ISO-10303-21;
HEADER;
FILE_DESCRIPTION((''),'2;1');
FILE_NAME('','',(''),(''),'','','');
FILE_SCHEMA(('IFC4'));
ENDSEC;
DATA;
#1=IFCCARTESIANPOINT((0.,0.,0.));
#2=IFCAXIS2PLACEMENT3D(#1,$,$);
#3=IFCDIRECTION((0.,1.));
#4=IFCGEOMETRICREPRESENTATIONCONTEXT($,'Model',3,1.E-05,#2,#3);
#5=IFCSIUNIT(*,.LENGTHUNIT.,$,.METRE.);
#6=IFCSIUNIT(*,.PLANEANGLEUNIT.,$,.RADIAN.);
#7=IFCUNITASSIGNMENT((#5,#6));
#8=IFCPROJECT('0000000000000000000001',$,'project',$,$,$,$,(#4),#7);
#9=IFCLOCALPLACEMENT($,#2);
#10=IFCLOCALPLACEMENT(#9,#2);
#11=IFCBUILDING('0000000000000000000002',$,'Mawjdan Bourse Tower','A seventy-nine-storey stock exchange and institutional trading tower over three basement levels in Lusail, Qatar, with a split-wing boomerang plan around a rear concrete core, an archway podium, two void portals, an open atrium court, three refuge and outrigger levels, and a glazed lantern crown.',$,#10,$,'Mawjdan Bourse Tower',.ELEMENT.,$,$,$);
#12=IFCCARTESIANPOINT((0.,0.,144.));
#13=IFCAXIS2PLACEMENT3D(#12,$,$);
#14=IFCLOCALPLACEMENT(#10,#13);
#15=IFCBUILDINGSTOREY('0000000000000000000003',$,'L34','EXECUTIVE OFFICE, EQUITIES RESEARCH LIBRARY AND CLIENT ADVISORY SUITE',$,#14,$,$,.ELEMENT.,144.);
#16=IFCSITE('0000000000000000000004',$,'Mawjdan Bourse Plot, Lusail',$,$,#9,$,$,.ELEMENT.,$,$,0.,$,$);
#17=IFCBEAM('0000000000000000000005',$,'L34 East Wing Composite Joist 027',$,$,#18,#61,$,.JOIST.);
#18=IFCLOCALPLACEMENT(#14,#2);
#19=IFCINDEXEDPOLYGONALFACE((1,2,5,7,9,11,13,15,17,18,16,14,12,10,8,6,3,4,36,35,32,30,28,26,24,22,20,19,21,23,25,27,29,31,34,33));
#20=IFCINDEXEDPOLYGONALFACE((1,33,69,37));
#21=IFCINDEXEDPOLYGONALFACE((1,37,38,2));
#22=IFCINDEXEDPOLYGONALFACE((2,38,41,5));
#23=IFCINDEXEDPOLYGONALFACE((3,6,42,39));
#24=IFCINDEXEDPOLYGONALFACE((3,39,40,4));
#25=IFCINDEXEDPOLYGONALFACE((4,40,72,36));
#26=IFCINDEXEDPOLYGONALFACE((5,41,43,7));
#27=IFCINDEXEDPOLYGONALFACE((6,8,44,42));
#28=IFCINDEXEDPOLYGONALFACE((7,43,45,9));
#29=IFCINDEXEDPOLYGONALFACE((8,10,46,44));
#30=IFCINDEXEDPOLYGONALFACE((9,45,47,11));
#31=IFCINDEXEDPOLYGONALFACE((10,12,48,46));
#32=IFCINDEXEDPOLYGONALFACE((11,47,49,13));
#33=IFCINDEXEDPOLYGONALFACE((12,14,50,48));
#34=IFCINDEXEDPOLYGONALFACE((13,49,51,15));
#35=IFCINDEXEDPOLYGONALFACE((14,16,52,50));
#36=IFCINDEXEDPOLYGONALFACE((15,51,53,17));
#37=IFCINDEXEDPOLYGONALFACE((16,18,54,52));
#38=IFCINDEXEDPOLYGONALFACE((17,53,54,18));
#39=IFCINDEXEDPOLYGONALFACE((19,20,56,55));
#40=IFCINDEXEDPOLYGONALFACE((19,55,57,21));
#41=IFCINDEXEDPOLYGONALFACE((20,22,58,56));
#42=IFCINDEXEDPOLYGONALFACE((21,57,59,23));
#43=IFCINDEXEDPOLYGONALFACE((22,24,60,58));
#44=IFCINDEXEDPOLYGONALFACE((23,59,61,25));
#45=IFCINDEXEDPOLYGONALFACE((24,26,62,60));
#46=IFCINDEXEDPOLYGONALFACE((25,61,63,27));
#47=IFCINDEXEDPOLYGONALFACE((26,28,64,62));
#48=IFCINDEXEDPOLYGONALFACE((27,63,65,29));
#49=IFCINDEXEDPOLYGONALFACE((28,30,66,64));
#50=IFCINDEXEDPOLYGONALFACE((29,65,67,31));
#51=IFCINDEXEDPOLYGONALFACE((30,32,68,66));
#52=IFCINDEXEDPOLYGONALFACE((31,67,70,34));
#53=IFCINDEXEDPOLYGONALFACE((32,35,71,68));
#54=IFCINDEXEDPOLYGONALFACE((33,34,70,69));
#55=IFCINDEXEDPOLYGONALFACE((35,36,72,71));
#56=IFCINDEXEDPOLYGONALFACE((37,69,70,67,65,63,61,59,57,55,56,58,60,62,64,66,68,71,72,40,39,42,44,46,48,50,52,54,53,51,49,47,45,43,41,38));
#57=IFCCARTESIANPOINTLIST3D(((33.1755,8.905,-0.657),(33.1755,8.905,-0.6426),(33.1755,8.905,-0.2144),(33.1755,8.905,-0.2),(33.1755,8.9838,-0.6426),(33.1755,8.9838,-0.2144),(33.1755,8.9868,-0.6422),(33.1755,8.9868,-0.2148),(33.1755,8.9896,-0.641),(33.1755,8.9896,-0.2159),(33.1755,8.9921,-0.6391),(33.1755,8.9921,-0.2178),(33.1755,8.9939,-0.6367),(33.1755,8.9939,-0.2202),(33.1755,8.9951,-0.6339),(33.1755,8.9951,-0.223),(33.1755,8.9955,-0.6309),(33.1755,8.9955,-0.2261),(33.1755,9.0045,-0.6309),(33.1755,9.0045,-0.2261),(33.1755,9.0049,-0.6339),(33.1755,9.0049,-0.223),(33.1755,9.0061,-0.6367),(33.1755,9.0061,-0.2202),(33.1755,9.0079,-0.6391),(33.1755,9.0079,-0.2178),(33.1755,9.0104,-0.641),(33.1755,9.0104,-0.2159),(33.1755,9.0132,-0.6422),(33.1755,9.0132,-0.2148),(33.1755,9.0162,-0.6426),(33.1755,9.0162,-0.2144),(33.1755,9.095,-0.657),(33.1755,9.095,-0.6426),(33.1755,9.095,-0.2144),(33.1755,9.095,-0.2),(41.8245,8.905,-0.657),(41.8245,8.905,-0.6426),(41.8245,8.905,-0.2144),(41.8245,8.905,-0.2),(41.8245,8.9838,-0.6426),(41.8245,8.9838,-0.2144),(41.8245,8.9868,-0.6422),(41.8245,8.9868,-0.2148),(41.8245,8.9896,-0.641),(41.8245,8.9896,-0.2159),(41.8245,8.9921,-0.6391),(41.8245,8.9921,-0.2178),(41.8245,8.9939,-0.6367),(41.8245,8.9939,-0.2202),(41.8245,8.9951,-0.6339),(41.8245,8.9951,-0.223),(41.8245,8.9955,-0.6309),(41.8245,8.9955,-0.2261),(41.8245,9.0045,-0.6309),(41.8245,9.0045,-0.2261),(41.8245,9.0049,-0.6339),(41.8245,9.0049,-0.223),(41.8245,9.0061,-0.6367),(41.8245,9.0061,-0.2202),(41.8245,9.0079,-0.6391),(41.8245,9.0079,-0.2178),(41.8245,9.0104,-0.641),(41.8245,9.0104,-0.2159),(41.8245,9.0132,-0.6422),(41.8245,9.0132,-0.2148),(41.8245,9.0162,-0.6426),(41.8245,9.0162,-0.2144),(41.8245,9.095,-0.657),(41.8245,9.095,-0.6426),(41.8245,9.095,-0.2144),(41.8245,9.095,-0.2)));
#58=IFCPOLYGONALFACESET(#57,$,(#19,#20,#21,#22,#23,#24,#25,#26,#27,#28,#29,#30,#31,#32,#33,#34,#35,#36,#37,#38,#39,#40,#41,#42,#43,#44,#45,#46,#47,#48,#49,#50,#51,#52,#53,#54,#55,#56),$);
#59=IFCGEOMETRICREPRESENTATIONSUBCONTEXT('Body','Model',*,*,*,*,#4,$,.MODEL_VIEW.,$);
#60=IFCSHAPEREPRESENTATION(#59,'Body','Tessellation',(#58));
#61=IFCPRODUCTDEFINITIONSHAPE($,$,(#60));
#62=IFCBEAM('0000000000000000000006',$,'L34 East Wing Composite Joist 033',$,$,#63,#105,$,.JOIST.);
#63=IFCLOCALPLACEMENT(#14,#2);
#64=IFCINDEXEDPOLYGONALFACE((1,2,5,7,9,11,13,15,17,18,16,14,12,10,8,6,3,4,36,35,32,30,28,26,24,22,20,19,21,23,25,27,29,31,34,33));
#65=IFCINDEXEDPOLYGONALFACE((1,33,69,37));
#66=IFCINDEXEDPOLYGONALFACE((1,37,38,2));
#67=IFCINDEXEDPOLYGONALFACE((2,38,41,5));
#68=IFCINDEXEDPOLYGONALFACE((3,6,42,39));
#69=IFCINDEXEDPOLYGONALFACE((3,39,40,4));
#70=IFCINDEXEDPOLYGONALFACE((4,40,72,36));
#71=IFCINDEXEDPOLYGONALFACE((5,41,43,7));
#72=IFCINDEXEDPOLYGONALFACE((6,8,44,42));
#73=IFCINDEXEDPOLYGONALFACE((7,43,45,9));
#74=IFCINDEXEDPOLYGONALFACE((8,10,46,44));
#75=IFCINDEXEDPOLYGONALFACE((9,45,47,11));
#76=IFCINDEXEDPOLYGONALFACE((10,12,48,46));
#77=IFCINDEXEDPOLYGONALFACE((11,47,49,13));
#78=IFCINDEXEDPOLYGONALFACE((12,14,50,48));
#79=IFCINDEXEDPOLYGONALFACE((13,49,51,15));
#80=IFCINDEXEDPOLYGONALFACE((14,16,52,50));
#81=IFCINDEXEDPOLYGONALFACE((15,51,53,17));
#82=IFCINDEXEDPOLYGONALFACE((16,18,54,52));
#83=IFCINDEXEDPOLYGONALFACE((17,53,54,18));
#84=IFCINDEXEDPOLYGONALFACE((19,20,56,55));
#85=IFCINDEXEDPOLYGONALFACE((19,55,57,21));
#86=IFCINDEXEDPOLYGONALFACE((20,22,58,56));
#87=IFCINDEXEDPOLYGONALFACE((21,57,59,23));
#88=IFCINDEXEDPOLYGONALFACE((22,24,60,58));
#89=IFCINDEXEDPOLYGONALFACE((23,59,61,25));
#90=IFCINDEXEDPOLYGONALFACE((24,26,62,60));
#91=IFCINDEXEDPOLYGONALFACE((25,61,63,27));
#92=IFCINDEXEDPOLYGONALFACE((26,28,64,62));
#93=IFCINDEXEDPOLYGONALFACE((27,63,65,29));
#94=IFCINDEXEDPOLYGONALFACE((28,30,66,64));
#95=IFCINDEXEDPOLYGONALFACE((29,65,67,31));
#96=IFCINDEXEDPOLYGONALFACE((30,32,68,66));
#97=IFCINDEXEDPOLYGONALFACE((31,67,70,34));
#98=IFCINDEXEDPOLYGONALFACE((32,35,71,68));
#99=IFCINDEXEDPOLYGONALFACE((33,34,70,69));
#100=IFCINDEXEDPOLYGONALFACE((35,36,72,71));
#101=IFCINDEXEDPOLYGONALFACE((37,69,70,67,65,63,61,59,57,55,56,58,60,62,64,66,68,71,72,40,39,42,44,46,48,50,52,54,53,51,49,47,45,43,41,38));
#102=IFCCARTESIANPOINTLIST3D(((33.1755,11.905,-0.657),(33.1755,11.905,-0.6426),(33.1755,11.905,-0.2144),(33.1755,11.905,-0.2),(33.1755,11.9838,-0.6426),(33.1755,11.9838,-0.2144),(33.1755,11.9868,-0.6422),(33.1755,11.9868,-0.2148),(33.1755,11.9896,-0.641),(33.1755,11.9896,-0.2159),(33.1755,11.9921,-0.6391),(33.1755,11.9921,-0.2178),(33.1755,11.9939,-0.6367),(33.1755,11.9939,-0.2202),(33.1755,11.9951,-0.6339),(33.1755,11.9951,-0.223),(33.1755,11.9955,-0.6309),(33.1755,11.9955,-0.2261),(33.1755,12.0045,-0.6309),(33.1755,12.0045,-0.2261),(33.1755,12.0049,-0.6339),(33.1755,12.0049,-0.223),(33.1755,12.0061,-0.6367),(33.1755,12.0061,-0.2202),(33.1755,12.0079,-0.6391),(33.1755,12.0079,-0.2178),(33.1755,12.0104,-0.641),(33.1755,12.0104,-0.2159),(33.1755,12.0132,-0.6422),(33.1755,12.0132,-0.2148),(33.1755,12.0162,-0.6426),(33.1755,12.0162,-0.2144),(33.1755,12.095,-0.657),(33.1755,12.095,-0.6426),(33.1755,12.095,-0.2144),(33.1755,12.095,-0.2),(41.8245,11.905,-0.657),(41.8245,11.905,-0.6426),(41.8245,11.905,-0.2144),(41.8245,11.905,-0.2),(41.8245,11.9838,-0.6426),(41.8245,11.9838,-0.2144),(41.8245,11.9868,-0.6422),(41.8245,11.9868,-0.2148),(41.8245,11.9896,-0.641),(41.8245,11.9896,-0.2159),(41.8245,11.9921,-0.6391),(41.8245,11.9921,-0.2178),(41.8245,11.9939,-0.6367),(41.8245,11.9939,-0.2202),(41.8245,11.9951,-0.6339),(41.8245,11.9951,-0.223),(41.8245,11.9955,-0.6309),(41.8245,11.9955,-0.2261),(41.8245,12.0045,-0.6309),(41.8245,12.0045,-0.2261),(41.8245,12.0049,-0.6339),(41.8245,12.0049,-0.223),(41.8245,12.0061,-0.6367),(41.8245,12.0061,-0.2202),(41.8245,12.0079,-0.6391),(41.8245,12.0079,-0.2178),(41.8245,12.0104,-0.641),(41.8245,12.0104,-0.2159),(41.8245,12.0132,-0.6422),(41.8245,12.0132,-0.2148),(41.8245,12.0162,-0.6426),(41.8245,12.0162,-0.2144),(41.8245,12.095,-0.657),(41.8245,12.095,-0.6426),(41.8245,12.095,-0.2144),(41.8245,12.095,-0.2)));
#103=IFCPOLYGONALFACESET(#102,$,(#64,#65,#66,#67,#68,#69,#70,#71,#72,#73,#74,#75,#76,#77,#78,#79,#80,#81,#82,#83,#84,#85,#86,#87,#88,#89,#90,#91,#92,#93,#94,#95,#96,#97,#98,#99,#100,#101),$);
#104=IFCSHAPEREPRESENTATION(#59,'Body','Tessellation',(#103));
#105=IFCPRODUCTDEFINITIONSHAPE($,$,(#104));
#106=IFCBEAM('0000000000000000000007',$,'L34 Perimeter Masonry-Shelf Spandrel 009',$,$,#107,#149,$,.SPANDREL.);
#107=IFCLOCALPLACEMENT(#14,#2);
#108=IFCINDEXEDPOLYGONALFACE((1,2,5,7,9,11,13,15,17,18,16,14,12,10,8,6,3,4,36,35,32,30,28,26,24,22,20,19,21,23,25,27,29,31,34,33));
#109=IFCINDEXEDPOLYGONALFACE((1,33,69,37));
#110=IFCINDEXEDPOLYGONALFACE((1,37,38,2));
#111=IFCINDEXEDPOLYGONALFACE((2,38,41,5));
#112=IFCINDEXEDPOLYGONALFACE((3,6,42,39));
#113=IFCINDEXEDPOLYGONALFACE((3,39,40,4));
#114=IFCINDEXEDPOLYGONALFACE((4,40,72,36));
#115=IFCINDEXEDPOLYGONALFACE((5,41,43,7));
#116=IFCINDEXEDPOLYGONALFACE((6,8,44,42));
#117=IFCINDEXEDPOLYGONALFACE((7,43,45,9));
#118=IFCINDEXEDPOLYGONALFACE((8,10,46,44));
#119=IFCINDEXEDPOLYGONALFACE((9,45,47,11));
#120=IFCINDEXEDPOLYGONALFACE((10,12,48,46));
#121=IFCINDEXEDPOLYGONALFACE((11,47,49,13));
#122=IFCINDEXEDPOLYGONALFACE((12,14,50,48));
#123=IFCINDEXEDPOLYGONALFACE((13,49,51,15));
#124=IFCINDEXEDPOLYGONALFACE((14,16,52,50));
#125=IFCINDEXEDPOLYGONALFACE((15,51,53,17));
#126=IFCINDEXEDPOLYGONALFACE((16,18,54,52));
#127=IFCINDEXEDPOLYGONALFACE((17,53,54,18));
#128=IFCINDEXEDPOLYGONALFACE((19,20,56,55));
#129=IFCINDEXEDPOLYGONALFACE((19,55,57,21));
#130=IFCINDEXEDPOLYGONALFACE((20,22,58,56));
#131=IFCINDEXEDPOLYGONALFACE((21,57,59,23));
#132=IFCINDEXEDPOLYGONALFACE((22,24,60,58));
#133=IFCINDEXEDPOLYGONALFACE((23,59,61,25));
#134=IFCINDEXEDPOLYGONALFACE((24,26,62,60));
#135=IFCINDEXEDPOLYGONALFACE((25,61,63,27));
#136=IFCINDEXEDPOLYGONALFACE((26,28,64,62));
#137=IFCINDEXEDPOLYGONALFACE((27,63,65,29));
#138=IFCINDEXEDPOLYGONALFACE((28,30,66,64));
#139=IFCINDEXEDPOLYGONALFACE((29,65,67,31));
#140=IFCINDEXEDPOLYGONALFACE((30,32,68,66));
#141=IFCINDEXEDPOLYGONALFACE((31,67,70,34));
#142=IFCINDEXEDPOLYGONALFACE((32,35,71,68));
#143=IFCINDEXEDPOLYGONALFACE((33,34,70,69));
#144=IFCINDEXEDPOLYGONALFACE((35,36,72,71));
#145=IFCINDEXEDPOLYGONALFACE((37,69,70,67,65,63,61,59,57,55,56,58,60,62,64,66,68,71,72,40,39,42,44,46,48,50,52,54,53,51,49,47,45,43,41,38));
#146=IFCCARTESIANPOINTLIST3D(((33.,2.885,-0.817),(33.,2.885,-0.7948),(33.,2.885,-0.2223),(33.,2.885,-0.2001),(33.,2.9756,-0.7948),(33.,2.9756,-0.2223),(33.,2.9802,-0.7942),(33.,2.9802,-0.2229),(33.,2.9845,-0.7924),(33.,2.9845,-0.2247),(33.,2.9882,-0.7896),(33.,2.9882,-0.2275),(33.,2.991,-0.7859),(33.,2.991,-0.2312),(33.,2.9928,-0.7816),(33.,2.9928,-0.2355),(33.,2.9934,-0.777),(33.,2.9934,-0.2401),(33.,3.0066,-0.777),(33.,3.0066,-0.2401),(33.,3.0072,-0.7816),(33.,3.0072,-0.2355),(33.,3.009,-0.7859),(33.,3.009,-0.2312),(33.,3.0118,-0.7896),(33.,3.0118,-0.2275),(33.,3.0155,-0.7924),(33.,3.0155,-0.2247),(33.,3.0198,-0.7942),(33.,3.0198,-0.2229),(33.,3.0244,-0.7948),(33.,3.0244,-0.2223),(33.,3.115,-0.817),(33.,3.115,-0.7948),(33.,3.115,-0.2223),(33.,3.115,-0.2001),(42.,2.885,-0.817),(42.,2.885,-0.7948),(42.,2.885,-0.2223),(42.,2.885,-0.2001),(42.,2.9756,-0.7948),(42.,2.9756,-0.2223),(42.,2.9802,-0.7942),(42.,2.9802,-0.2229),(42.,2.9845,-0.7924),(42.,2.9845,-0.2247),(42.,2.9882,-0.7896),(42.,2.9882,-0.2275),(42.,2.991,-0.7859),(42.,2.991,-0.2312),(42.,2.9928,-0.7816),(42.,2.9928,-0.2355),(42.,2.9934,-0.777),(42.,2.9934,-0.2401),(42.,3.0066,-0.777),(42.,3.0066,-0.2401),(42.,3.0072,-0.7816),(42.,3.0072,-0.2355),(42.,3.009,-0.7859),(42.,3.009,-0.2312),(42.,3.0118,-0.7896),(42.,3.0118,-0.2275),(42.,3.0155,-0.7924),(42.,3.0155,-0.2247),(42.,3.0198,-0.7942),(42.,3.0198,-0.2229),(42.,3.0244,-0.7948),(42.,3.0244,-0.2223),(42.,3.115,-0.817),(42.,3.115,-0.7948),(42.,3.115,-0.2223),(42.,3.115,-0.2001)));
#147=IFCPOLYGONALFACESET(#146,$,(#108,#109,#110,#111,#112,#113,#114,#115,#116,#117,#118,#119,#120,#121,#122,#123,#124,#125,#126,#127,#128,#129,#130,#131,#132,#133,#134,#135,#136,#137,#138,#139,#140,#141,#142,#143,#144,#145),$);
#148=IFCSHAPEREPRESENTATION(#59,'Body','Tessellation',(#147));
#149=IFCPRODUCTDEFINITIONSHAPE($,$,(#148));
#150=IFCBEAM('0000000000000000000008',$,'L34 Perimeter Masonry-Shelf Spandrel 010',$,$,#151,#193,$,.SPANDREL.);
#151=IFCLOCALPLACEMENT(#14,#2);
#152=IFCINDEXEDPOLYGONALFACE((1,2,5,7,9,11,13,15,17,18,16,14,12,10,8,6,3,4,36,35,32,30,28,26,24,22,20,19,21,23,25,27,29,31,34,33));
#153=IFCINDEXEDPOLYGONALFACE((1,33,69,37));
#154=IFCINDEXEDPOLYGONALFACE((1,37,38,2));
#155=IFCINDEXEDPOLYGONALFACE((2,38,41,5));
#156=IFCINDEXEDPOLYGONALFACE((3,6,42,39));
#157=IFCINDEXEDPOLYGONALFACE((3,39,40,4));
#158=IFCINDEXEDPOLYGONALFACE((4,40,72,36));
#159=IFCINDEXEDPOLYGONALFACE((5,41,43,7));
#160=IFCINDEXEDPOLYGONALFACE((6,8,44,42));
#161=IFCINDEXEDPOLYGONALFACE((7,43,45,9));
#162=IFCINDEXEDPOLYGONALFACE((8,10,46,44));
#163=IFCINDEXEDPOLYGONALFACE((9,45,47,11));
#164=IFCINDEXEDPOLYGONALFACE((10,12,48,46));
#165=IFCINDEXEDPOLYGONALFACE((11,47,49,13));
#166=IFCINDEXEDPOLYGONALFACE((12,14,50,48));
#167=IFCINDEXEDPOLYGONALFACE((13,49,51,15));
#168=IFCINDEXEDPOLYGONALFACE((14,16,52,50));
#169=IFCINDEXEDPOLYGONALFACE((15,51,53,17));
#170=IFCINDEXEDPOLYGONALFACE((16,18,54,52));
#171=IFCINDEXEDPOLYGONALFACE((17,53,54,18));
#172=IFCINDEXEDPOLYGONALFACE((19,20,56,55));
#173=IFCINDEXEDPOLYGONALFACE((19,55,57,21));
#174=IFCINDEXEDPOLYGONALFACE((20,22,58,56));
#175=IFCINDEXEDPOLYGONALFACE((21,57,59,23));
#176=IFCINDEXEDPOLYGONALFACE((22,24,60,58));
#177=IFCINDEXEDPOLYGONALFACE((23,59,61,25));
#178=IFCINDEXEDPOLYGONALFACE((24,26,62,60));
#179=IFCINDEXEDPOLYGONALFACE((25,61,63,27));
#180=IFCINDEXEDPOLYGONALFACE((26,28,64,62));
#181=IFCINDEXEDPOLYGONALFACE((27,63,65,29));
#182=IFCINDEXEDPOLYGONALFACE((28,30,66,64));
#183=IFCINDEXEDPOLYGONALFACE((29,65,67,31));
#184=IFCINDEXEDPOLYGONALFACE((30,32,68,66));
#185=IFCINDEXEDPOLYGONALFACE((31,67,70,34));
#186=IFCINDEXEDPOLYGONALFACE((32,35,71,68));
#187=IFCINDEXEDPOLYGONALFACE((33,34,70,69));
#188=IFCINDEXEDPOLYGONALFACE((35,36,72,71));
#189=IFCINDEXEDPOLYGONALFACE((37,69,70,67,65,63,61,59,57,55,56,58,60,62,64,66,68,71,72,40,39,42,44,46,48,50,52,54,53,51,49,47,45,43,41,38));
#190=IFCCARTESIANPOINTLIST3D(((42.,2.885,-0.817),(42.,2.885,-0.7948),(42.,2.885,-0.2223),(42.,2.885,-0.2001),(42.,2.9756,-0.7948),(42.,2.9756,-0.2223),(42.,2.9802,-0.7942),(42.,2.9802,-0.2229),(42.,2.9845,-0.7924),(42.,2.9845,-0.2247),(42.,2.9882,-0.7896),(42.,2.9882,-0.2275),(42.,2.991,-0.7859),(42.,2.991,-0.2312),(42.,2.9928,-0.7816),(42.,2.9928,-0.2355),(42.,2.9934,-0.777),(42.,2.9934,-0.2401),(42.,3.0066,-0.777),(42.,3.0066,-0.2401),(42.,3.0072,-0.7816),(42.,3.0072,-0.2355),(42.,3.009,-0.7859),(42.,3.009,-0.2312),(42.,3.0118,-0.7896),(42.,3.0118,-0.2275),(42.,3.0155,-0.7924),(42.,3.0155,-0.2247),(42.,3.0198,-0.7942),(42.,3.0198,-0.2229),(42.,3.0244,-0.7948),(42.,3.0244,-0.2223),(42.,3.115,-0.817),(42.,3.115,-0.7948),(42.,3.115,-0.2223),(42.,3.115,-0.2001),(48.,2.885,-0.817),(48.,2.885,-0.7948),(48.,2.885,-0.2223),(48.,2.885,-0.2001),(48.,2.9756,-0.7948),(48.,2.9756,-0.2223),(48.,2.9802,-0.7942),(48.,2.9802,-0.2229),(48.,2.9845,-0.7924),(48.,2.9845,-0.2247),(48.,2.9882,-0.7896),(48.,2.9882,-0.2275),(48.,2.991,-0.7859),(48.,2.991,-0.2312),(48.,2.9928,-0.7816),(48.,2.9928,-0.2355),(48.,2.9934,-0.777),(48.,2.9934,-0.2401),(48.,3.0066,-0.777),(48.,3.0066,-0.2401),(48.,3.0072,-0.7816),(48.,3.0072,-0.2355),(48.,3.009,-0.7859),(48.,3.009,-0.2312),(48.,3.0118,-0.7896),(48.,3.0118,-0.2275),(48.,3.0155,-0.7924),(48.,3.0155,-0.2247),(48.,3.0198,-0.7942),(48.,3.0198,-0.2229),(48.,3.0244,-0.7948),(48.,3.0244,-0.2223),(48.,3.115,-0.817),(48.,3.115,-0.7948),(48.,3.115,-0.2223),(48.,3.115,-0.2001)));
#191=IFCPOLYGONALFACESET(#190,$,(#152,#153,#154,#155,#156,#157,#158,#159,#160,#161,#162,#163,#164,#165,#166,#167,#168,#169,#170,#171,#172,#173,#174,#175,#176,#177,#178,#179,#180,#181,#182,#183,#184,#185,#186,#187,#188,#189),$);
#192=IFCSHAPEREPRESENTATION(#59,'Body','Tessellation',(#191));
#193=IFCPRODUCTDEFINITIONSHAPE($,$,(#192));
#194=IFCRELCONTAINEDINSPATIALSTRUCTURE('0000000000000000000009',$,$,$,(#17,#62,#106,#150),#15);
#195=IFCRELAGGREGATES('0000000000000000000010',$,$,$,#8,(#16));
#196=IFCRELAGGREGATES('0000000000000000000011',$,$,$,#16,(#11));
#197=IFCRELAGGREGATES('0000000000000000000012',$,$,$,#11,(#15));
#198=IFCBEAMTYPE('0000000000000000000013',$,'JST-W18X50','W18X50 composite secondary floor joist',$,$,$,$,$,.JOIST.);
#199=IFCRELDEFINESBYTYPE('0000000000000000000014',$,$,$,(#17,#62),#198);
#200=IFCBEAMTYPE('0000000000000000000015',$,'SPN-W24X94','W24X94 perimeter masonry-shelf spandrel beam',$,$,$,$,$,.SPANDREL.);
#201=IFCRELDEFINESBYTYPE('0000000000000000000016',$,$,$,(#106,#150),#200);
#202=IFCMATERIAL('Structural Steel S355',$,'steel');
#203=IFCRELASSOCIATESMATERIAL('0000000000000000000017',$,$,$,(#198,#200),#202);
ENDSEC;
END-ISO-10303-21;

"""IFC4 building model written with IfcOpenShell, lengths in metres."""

from ifc_helpers import new_model, si_unit, direction, frame, origin, origin_2d, place, context, subcontext, project, spatial, i_section, extrude, material, material_profile, profile_set, type_object, element, save


model = new_model("IFC4")

# Units and contexts
model_context = context("Model", 3, precision=1e-05, world=origin(), true_north=direction((0.0, 1.0)))
body_context = subcontext(model_context, "Body", "Model", "MODEL_VIEW")
ifc_project = project(units=[si_unit("LENGTHUNIT", "METRE"), si_unit("PLANEANGLEUNIT", "RADIAN")], contexts=[model_context])

# Site, building, storey
site_placement = place(None, origin())
site = spatial("IfcSite", under=ifc_project, at=site_placement, Name="Mawjdan Bourse Plot, Lusail", CompositionType="ELEMENT", RefElevation=0.0)
building_placement = place(site_placement, origin())
building = spatial("IfcBuilding", under=site, at=building_placement, Name="Mawjdan Bourse Tower", Description="A seventy-nine-storey stock exchange and institutional trading tower over three basement levels in Lusail, Qatar, with a split-wing boomerang plan around a rear concrete core, an archway podium, two void portals, an open atrium court, three refuge and outrigger levels, and a glazed lantern crown.", LongName="Mawjdan Bourse Tower", CompositionType="ELEMENT")
storey_placement = place(building_placement, frame((0.0, 0.0, 144.0)))
storey = spatial("IfcBuildingStorey", under=building, at=storey_placement, Name="L34", Description="EXECUTIVE OFFICE, EQUITIES RESEARCH LIBRARY AND CLIENT ADVISORY SUITE", CompositionType="ELEMENT", Elevation=144.0)

# Beams
ifc_material_1 = material(Name="Structural Steel S355", Category="steel")
ifc_material_profile_1 = material_profile(ifc_material_1, i_section(OverallWidth=0.1899, OverallDepth=0.457, WebThickness=0.009, FlangeThickness=0.0144, FilletRadius=0.0117, at=origin_2d()), Name="W18X50")
ifc_profile_set_1 = profile_set([ifc_material_profile_1], Name="Structural Steel S355")
beam_type_1 = type_object("IfcBeamType", Name="JST-W18X50", Description="W18X50 composite secondary floor joist", PredefinedType="JOIST", material=ifc_profile_set_1)
for number, where, z_axis, x_axis, name in (
    (1, (33.1755, 9.0, -0.4285), (1.0, 0.0, 0.0), (0.0, 1.0, 0.0), "L34 East Wing Composite Joist 027"),
    (2, (33.1755, 12.0, -0.4285), (1.0, 0.0, 0.0), (0.0, 1.0, 0.0), "L34 East Wing Composite Joist 033"),
):
    element("IfcBeam", number, at=place(storey_placement, frame(where, z_axis=z_axis, x_axis=x_axis)), inside=storey, type_object=beam_type_1, Name=name, PredefinedType="JOIST", context=body_context, shape_type="SweptSolid", body=[
        extrude(i_section(OverallWidth=0.1899, OverallDepth=0.457, WebThickness=0.009, FlangeThickness=0.0144, FilletRadius=0.0117, at=origin_2d()), origin(), (0.0, 0.0, 1.0), 8.6489),
    ])
ifc_material_profile_2 = material_profile(ifc_material_1, i_section(OverallWidth=0.23, OverallDepth=0.6169, WebThickness=0.0132, FlangeThickness=0.0222, FilletRadius=0.0178, at=origin_2d()), Name="W24X94")
ifc_profile_set_2 = profile_set([ifc_material_profile_2], Name="Structural Steel S355")
beam_type_2 = type_object("IfcBeamType", Name="SPN-W24X94", Description="W24X94 perimeter masonry-shelf spandrel beam", PredefinedType="SPANDREL", material=ifc_profile_set_2)
beam_1_placement = place(storey_placement, frame((33.0, 3.0, -0.5085), z_axis=(1.0, 0.0, 0.0), x_axis=(0.0, 1.0, 0.0)))
element("IfcBeam", 3, at=beam_1_placement, inside=storey, type_object=beam_type_2, Name="L34 Perimeter Masonry-Shelf Spandrel 009", PredefinedType="SPANDREL", context=body_context, shape_type="SweptSolid", body=[
    extrude(i_section(OverallWidth=0.23, OverallDepth=0.6169, WebThickness=0.0132, FlangeThickness=0.0222, FilletRadius=0.0178, at=origin_2d()), origin(), (0.0, 0.0, 1.0), 9.0),
])
beam_2_placement = place(storey_placement, frame((42.0, 3.0, -0.5085), z_axis=(1.0, 0.0, 0.0), x_axis=(0.0, 1.0, 0.0)))
element("IfcBeam", 4, at=beam_2_placement, inside=storey, type_object=beam_type_2, Name="L34 Perimeter Masonry-Shelf Spandrel 010", PredefinedType="SPANDREL", context=body_context, shape_type="SweptSolid", body=[
    extrude(i_section(OverallWidth=0.23, OverallDepth=0.6169, WebThickness=0.0132, FlangeThickness=0.0222, FilletRadius=0.0178, at=origin_2d()), origin(), (0.0, 0.0, 1.0), 6.0),
])

save(model, "model.ifc")
